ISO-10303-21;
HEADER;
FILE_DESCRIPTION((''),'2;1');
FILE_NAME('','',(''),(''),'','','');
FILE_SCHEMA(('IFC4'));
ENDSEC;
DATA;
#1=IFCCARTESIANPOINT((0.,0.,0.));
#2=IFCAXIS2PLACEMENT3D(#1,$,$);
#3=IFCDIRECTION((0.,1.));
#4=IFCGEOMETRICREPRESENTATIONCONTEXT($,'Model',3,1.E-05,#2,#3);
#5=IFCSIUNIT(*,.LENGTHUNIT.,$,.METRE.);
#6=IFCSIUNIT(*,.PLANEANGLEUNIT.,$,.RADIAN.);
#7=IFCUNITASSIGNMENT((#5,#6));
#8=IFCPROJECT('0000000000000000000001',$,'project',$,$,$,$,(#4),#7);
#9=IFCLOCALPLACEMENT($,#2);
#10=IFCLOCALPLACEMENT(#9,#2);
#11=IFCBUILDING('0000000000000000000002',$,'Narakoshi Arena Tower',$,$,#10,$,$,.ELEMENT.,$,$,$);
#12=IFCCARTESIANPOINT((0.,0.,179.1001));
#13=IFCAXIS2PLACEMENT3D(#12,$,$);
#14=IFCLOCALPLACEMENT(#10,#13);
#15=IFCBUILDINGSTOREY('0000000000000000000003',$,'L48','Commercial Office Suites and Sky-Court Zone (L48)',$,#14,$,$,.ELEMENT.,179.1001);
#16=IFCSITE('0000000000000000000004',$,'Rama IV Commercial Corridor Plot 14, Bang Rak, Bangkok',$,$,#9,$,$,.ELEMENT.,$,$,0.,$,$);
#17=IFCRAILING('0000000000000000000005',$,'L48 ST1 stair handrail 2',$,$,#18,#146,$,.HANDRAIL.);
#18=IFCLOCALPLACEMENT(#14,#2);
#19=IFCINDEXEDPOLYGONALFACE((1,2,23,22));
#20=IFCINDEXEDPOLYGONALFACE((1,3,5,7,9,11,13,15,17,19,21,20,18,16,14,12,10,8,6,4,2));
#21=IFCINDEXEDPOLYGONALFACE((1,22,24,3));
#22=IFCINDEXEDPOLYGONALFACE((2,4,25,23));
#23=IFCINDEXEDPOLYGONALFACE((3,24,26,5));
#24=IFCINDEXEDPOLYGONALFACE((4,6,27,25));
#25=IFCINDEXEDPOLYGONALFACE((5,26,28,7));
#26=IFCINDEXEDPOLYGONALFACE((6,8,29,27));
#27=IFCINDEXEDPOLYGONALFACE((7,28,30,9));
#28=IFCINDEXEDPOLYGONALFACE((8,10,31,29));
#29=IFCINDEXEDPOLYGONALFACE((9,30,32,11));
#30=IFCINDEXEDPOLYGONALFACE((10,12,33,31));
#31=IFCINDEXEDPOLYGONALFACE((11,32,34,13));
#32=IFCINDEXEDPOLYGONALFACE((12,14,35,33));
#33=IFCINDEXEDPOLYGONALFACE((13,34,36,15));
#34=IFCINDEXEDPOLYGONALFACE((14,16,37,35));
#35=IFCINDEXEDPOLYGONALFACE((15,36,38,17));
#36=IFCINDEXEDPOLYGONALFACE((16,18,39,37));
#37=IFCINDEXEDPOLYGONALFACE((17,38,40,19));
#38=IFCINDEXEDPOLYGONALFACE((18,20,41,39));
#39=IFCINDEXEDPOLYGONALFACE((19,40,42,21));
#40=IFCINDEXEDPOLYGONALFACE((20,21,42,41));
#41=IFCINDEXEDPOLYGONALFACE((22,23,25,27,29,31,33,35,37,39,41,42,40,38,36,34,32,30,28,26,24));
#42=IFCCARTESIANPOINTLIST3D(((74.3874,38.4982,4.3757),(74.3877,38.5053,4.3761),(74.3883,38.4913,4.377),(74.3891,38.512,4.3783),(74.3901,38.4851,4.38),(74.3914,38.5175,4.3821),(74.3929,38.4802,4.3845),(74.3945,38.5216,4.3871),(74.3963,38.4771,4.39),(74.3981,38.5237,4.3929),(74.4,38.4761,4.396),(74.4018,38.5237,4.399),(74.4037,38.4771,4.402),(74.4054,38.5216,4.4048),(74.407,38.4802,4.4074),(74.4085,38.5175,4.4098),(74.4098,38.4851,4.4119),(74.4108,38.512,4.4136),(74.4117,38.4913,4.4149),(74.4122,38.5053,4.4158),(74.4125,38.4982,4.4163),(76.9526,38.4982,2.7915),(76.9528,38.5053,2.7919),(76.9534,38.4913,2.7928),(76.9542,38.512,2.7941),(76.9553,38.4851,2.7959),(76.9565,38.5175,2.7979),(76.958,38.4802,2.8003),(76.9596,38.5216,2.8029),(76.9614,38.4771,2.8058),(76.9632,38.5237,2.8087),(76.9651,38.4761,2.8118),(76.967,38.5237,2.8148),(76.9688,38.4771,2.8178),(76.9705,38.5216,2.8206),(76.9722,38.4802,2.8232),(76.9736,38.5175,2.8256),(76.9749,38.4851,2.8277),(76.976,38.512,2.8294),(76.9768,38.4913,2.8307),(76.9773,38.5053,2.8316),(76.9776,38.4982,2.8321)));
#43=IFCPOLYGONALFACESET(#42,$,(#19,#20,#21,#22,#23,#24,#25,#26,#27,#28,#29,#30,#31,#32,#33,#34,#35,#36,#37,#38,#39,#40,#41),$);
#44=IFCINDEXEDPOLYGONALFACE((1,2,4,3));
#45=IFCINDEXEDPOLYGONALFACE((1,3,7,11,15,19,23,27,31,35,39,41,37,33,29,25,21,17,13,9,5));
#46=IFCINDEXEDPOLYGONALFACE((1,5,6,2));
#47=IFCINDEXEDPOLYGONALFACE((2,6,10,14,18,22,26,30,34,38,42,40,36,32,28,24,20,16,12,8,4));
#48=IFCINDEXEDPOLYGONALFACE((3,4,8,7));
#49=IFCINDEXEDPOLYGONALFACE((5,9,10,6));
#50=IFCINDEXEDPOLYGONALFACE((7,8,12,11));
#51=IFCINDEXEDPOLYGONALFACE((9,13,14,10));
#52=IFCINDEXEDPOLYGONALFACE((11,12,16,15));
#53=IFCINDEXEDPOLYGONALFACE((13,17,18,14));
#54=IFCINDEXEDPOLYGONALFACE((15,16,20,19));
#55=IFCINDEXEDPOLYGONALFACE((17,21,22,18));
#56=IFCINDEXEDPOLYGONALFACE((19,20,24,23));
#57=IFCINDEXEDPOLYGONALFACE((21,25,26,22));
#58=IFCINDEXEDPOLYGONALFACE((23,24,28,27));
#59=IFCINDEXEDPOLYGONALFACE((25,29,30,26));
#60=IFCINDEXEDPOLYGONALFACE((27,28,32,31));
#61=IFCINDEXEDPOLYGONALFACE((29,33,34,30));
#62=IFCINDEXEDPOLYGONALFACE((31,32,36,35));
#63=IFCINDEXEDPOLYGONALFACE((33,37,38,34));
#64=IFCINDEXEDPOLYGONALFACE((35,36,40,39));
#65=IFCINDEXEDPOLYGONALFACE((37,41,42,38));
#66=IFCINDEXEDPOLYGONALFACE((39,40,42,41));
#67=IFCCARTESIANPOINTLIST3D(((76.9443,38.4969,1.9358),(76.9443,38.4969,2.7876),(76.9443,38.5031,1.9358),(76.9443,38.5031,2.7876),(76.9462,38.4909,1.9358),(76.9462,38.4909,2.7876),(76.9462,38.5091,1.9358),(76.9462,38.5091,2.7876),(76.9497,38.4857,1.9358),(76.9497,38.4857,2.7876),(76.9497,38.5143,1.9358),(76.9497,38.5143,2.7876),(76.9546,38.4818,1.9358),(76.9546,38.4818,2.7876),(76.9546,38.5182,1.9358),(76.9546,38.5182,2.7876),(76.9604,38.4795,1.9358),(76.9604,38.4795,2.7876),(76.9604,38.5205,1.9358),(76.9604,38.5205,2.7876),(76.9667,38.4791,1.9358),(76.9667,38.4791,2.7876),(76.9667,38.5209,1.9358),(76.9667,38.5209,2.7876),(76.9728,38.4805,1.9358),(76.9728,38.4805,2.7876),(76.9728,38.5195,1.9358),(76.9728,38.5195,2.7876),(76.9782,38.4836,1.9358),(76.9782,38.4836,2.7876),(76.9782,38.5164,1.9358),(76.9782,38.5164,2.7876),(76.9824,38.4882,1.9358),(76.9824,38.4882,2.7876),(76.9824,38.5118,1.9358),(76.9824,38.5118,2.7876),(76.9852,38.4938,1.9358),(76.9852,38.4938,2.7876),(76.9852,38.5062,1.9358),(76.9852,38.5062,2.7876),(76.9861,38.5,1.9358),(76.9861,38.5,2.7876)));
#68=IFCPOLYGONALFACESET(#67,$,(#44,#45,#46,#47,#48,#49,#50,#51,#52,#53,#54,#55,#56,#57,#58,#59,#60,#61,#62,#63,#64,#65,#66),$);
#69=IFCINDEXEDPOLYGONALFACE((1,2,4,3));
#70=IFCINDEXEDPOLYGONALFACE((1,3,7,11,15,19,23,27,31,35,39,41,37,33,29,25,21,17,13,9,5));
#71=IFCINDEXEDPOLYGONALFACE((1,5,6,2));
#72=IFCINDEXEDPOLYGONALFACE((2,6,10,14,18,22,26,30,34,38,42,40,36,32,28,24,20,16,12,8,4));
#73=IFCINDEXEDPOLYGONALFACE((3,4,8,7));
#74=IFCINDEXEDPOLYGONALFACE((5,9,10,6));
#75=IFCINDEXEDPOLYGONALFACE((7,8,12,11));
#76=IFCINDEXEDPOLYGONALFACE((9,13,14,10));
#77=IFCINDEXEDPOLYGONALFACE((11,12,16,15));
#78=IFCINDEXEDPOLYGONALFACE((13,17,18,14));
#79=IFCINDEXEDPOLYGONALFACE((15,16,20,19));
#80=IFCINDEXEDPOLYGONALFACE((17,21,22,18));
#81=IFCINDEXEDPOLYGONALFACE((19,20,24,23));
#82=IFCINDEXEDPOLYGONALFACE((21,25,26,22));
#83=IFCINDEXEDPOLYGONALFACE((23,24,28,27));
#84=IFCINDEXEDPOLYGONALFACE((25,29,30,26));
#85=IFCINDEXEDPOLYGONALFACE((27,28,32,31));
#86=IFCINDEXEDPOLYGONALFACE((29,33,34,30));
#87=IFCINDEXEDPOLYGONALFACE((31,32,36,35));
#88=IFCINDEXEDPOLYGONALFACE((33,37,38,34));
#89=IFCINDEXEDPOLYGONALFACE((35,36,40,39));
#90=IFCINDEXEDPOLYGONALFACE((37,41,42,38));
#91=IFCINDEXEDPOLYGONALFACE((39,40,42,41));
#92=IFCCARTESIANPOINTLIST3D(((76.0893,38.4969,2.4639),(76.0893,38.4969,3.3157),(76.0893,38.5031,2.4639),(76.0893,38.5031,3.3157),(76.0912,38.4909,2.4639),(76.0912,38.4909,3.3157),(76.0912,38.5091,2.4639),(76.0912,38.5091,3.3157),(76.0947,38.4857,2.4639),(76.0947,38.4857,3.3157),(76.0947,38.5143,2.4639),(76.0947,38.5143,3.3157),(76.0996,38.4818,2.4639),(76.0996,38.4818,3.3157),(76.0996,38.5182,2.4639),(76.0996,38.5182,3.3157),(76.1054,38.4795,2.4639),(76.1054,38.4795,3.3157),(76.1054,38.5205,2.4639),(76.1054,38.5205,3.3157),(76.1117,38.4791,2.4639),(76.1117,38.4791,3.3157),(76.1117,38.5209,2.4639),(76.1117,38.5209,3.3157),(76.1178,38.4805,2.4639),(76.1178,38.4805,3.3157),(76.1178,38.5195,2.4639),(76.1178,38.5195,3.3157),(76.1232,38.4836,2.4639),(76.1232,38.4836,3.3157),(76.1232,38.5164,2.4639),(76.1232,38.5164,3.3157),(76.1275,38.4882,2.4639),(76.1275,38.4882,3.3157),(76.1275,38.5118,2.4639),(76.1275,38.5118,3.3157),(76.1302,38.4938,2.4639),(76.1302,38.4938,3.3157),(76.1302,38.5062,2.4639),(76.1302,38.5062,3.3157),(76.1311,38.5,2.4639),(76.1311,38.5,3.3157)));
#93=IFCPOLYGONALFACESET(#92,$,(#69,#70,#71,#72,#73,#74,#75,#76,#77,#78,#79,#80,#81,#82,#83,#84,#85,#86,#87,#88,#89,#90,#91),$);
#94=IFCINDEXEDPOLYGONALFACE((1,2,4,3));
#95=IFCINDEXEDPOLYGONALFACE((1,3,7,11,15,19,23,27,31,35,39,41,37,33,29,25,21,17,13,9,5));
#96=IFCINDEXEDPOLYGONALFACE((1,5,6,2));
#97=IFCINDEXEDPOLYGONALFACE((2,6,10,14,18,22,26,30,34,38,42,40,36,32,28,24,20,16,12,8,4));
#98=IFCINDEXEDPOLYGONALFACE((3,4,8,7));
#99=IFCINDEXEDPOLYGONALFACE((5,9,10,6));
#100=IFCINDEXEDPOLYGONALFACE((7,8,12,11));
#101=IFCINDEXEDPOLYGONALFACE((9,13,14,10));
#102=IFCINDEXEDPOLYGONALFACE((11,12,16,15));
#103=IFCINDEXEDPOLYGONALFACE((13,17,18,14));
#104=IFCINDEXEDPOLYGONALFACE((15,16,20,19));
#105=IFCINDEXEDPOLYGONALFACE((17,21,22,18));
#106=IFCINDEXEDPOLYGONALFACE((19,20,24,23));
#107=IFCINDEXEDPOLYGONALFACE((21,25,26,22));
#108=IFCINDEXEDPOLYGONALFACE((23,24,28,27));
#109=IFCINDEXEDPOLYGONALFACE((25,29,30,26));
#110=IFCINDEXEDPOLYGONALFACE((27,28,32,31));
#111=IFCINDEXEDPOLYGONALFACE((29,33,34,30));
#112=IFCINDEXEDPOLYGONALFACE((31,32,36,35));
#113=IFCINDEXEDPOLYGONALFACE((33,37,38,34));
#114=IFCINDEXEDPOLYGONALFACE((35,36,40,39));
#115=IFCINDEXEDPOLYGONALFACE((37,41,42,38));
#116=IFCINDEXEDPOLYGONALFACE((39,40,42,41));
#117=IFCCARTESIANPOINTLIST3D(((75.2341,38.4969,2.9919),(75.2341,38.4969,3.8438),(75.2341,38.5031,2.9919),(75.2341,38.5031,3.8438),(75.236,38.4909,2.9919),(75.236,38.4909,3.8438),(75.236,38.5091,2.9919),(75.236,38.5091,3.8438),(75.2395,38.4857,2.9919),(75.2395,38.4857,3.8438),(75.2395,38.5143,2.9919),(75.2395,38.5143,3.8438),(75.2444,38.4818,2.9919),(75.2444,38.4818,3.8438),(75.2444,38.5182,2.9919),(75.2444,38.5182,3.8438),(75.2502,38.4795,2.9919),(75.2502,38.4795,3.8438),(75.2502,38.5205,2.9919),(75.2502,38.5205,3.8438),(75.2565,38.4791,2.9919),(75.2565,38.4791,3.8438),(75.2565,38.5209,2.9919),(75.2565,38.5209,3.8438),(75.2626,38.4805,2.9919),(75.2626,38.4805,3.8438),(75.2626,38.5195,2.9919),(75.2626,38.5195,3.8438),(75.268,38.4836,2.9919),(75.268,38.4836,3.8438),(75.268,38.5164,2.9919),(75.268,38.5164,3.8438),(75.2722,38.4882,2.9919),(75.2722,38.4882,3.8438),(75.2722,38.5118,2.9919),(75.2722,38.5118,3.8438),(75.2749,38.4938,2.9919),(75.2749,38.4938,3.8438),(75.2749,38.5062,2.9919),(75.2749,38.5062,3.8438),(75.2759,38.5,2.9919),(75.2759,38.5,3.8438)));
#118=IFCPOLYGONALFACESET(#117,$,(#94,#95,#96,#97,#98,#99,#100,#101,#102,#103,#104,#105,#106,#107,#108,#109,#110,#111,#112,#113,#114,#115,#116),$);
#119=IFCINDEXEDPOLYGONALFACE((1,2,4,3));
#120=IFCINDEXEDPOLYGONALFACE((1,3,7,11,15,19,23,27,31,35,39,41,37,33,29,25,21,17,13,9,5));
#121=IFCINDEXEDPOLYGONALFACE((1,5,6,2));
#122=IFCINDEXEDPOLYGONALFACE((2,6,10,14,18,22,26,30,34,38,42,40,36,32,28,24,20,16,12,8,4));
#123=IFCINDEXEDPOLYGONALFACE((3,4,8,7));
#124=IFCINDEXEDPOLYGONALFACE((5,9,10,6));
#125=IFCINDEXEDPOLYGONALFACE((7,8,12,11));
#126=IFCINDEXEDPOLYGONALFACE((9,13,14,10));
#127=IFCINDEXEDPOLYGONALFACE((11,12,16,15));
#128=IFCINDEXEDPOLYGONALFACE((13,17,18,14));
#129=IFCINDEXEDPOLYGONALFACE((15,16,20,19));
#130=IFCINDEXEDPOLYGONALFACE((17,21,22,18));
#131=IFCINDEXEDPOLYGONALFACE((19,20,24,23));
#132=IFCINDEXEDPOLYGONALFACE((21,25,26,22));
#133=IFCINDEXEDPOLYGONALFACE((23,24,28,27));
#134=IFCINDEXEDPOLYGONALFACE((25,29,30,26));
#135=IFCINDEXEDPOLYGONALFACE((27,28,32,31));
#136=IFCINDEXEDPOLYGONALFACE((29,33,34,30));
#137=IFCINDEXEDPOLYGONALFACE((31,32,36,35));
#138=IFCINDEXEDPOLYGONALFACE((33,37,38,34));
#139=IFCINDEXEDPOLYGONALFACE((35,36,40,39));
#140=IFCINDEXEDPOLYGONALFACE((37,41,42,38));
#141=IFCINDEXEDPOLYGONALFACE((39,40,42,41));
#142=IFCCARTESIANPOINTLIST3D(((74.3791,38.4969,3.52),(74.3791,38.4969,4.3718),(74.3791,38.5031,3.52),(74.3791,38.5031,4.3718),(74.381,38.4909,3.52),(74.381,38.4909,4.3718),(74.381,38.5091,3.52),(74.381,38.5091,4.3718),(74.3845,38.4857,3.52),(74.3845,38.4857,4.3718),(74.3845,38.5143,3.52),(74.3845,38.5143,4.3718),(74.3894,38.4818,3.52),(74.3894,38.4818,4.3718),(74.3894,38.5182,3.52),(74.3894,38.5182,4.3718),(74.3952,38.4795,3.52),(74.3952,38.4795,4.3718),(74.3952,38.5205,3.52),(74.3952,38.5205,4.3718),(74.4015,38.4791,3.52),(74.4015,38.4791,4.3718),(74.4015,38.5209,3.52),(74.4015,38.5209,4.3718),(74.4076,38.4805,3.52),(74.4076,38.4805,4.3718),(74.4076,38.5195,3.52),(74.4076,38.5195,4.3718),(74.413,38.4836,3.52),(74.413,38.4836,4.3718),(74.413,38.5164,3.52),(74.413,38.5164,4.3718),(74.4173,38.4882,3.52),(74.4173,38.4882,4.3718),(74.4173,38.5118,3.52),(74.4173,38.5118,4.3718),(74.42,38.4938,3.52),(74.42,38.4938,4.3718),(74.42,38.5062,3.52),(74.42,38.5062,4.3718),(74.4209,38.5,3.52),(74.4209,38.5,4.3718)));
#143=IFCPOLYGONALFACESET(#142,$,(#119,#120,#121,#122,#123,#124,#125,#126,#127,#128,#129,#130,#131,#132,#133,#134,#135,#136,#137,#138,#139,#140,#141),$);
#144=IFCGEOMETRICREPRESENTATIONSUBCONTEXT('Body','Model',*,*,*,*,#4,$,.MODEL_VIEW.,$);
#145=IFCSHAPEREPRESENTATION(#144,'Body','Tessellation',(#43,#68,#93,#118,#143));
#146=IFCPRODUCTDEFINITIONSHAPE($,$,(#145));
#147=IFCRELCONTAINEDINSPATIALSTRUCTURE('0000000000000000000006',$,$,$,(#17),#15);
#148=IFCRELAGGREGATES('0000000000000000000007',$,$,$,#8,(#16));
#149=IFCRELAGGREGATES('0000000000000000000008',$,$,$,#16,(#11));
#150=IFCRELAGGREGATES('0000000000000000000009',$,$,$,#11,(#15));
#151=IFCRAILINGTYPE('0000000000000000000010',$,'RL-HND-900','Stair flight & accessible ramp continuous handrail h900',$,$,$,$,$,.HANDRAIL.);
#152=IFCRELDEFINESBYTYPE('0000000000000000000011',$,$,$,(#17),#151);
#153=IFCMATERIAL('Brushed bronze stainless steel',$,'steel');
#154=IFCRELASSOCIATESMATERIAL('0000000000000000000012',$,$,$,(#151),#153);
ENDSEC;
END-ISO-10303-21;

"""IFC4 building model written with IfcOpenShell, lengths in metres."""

from ifc_helpers import new_model, si_unit, direction, frame, origin, origin_2d, place, context, subcontext, project, spatial, circle, extrude, material, type_object, element, save


model = new_model("IFC4")

# Units and contexts
model_context = context("Model", 3, precision=1e-05, world=origin(), true_north=direction((0.0, 1.0)))
body_context = subcontext(model_context, "Body", "Model", "MODEL_VIEW")
ifc_project = project(units=[si_unit("LENGTHUNIT", "METRE"), si_unit("PLANEANGLEUNIT", "RADIAN")], contexts=[model_context])

# Site, building, storey
site_placement = place(None, origin())
site = spatial("IfcSite", under=ifc_project, at=site_placement, Name="Rama IV Commercial Corridor Plot 14, Bang Rak, Bangkok", CompositionType="ELEMENT", RefElevation=0.0)
building_placement = place(site_placement, origin())
building = spatial("IfcBuilding", under=site, at=building_placement, Name="Narakoshi Arena Tower", CompositionType="ELEMENT")
storey_placement = place(building_placement, frame((0.0, 0.0, 179.1001)))
storey = spatial("IfcBuildingStorey", under=building, at=storey_placement, Name="L48", Description="Commercial Office Suites and Sky-Court Zone (L48)", CompositionType="ELEMENT", Elevation=179.1001)

# Railing
ifc_material_1 = material(Name="Brushed bronze stainless steel", Category="steel")
railing_type_1 = type_object("IfcRailingType", Name="RL-HND-900", Description="Stair flight & accessible ramp continuous handrail h900", PredefinedType="HANDRAIL", material=ifc_material_1)
railing_1_placement = place(storey_placement, frame((76.9651, 38.5, 1.9358)))
element("IfcRailing", 1, at=railing_1_placement, inside=storey, type_object=railing_type_1, Name="L48 ST1 stair handrail 2", PredefinedType="HANDRAIL", context=body_context, shape_type="SweptSolid", body=[
    extrude(circle(Radius=0.0239, at=origin_2d()), frame((0.0, 0.0, 0.876), z_axis=(-0.85082, 0.0, 0.525457), x_axis=(0.0, -1.0, 0.0)), (0.0, 0.0, 1.0), 3.0149),
    extrude(circle(Radius=0.021, at=origin_2d()), origin(), (0.0, 0.0, 1.0), 0.8518),
    extrude(circle(Radius=0.021, at=origin_2d()), frame((-0.855, 0.0, 0.5281)), (0.0, 0.0, 1.0), 0.8518),
    extrude(circle(Radius=0.021, at=origin_2d()), frame((-1.7102, 0.0, 1.0562)), (0.0, 0.0, 1.0), 0.8518),
    extrude(circle(Radius=0.021, at=origin_2d()), frame((-2.5652, 0.0, 1.5842)), (0.0, 0.0, 1.0), 0.8518),
])

save(model, "model.ifc")
